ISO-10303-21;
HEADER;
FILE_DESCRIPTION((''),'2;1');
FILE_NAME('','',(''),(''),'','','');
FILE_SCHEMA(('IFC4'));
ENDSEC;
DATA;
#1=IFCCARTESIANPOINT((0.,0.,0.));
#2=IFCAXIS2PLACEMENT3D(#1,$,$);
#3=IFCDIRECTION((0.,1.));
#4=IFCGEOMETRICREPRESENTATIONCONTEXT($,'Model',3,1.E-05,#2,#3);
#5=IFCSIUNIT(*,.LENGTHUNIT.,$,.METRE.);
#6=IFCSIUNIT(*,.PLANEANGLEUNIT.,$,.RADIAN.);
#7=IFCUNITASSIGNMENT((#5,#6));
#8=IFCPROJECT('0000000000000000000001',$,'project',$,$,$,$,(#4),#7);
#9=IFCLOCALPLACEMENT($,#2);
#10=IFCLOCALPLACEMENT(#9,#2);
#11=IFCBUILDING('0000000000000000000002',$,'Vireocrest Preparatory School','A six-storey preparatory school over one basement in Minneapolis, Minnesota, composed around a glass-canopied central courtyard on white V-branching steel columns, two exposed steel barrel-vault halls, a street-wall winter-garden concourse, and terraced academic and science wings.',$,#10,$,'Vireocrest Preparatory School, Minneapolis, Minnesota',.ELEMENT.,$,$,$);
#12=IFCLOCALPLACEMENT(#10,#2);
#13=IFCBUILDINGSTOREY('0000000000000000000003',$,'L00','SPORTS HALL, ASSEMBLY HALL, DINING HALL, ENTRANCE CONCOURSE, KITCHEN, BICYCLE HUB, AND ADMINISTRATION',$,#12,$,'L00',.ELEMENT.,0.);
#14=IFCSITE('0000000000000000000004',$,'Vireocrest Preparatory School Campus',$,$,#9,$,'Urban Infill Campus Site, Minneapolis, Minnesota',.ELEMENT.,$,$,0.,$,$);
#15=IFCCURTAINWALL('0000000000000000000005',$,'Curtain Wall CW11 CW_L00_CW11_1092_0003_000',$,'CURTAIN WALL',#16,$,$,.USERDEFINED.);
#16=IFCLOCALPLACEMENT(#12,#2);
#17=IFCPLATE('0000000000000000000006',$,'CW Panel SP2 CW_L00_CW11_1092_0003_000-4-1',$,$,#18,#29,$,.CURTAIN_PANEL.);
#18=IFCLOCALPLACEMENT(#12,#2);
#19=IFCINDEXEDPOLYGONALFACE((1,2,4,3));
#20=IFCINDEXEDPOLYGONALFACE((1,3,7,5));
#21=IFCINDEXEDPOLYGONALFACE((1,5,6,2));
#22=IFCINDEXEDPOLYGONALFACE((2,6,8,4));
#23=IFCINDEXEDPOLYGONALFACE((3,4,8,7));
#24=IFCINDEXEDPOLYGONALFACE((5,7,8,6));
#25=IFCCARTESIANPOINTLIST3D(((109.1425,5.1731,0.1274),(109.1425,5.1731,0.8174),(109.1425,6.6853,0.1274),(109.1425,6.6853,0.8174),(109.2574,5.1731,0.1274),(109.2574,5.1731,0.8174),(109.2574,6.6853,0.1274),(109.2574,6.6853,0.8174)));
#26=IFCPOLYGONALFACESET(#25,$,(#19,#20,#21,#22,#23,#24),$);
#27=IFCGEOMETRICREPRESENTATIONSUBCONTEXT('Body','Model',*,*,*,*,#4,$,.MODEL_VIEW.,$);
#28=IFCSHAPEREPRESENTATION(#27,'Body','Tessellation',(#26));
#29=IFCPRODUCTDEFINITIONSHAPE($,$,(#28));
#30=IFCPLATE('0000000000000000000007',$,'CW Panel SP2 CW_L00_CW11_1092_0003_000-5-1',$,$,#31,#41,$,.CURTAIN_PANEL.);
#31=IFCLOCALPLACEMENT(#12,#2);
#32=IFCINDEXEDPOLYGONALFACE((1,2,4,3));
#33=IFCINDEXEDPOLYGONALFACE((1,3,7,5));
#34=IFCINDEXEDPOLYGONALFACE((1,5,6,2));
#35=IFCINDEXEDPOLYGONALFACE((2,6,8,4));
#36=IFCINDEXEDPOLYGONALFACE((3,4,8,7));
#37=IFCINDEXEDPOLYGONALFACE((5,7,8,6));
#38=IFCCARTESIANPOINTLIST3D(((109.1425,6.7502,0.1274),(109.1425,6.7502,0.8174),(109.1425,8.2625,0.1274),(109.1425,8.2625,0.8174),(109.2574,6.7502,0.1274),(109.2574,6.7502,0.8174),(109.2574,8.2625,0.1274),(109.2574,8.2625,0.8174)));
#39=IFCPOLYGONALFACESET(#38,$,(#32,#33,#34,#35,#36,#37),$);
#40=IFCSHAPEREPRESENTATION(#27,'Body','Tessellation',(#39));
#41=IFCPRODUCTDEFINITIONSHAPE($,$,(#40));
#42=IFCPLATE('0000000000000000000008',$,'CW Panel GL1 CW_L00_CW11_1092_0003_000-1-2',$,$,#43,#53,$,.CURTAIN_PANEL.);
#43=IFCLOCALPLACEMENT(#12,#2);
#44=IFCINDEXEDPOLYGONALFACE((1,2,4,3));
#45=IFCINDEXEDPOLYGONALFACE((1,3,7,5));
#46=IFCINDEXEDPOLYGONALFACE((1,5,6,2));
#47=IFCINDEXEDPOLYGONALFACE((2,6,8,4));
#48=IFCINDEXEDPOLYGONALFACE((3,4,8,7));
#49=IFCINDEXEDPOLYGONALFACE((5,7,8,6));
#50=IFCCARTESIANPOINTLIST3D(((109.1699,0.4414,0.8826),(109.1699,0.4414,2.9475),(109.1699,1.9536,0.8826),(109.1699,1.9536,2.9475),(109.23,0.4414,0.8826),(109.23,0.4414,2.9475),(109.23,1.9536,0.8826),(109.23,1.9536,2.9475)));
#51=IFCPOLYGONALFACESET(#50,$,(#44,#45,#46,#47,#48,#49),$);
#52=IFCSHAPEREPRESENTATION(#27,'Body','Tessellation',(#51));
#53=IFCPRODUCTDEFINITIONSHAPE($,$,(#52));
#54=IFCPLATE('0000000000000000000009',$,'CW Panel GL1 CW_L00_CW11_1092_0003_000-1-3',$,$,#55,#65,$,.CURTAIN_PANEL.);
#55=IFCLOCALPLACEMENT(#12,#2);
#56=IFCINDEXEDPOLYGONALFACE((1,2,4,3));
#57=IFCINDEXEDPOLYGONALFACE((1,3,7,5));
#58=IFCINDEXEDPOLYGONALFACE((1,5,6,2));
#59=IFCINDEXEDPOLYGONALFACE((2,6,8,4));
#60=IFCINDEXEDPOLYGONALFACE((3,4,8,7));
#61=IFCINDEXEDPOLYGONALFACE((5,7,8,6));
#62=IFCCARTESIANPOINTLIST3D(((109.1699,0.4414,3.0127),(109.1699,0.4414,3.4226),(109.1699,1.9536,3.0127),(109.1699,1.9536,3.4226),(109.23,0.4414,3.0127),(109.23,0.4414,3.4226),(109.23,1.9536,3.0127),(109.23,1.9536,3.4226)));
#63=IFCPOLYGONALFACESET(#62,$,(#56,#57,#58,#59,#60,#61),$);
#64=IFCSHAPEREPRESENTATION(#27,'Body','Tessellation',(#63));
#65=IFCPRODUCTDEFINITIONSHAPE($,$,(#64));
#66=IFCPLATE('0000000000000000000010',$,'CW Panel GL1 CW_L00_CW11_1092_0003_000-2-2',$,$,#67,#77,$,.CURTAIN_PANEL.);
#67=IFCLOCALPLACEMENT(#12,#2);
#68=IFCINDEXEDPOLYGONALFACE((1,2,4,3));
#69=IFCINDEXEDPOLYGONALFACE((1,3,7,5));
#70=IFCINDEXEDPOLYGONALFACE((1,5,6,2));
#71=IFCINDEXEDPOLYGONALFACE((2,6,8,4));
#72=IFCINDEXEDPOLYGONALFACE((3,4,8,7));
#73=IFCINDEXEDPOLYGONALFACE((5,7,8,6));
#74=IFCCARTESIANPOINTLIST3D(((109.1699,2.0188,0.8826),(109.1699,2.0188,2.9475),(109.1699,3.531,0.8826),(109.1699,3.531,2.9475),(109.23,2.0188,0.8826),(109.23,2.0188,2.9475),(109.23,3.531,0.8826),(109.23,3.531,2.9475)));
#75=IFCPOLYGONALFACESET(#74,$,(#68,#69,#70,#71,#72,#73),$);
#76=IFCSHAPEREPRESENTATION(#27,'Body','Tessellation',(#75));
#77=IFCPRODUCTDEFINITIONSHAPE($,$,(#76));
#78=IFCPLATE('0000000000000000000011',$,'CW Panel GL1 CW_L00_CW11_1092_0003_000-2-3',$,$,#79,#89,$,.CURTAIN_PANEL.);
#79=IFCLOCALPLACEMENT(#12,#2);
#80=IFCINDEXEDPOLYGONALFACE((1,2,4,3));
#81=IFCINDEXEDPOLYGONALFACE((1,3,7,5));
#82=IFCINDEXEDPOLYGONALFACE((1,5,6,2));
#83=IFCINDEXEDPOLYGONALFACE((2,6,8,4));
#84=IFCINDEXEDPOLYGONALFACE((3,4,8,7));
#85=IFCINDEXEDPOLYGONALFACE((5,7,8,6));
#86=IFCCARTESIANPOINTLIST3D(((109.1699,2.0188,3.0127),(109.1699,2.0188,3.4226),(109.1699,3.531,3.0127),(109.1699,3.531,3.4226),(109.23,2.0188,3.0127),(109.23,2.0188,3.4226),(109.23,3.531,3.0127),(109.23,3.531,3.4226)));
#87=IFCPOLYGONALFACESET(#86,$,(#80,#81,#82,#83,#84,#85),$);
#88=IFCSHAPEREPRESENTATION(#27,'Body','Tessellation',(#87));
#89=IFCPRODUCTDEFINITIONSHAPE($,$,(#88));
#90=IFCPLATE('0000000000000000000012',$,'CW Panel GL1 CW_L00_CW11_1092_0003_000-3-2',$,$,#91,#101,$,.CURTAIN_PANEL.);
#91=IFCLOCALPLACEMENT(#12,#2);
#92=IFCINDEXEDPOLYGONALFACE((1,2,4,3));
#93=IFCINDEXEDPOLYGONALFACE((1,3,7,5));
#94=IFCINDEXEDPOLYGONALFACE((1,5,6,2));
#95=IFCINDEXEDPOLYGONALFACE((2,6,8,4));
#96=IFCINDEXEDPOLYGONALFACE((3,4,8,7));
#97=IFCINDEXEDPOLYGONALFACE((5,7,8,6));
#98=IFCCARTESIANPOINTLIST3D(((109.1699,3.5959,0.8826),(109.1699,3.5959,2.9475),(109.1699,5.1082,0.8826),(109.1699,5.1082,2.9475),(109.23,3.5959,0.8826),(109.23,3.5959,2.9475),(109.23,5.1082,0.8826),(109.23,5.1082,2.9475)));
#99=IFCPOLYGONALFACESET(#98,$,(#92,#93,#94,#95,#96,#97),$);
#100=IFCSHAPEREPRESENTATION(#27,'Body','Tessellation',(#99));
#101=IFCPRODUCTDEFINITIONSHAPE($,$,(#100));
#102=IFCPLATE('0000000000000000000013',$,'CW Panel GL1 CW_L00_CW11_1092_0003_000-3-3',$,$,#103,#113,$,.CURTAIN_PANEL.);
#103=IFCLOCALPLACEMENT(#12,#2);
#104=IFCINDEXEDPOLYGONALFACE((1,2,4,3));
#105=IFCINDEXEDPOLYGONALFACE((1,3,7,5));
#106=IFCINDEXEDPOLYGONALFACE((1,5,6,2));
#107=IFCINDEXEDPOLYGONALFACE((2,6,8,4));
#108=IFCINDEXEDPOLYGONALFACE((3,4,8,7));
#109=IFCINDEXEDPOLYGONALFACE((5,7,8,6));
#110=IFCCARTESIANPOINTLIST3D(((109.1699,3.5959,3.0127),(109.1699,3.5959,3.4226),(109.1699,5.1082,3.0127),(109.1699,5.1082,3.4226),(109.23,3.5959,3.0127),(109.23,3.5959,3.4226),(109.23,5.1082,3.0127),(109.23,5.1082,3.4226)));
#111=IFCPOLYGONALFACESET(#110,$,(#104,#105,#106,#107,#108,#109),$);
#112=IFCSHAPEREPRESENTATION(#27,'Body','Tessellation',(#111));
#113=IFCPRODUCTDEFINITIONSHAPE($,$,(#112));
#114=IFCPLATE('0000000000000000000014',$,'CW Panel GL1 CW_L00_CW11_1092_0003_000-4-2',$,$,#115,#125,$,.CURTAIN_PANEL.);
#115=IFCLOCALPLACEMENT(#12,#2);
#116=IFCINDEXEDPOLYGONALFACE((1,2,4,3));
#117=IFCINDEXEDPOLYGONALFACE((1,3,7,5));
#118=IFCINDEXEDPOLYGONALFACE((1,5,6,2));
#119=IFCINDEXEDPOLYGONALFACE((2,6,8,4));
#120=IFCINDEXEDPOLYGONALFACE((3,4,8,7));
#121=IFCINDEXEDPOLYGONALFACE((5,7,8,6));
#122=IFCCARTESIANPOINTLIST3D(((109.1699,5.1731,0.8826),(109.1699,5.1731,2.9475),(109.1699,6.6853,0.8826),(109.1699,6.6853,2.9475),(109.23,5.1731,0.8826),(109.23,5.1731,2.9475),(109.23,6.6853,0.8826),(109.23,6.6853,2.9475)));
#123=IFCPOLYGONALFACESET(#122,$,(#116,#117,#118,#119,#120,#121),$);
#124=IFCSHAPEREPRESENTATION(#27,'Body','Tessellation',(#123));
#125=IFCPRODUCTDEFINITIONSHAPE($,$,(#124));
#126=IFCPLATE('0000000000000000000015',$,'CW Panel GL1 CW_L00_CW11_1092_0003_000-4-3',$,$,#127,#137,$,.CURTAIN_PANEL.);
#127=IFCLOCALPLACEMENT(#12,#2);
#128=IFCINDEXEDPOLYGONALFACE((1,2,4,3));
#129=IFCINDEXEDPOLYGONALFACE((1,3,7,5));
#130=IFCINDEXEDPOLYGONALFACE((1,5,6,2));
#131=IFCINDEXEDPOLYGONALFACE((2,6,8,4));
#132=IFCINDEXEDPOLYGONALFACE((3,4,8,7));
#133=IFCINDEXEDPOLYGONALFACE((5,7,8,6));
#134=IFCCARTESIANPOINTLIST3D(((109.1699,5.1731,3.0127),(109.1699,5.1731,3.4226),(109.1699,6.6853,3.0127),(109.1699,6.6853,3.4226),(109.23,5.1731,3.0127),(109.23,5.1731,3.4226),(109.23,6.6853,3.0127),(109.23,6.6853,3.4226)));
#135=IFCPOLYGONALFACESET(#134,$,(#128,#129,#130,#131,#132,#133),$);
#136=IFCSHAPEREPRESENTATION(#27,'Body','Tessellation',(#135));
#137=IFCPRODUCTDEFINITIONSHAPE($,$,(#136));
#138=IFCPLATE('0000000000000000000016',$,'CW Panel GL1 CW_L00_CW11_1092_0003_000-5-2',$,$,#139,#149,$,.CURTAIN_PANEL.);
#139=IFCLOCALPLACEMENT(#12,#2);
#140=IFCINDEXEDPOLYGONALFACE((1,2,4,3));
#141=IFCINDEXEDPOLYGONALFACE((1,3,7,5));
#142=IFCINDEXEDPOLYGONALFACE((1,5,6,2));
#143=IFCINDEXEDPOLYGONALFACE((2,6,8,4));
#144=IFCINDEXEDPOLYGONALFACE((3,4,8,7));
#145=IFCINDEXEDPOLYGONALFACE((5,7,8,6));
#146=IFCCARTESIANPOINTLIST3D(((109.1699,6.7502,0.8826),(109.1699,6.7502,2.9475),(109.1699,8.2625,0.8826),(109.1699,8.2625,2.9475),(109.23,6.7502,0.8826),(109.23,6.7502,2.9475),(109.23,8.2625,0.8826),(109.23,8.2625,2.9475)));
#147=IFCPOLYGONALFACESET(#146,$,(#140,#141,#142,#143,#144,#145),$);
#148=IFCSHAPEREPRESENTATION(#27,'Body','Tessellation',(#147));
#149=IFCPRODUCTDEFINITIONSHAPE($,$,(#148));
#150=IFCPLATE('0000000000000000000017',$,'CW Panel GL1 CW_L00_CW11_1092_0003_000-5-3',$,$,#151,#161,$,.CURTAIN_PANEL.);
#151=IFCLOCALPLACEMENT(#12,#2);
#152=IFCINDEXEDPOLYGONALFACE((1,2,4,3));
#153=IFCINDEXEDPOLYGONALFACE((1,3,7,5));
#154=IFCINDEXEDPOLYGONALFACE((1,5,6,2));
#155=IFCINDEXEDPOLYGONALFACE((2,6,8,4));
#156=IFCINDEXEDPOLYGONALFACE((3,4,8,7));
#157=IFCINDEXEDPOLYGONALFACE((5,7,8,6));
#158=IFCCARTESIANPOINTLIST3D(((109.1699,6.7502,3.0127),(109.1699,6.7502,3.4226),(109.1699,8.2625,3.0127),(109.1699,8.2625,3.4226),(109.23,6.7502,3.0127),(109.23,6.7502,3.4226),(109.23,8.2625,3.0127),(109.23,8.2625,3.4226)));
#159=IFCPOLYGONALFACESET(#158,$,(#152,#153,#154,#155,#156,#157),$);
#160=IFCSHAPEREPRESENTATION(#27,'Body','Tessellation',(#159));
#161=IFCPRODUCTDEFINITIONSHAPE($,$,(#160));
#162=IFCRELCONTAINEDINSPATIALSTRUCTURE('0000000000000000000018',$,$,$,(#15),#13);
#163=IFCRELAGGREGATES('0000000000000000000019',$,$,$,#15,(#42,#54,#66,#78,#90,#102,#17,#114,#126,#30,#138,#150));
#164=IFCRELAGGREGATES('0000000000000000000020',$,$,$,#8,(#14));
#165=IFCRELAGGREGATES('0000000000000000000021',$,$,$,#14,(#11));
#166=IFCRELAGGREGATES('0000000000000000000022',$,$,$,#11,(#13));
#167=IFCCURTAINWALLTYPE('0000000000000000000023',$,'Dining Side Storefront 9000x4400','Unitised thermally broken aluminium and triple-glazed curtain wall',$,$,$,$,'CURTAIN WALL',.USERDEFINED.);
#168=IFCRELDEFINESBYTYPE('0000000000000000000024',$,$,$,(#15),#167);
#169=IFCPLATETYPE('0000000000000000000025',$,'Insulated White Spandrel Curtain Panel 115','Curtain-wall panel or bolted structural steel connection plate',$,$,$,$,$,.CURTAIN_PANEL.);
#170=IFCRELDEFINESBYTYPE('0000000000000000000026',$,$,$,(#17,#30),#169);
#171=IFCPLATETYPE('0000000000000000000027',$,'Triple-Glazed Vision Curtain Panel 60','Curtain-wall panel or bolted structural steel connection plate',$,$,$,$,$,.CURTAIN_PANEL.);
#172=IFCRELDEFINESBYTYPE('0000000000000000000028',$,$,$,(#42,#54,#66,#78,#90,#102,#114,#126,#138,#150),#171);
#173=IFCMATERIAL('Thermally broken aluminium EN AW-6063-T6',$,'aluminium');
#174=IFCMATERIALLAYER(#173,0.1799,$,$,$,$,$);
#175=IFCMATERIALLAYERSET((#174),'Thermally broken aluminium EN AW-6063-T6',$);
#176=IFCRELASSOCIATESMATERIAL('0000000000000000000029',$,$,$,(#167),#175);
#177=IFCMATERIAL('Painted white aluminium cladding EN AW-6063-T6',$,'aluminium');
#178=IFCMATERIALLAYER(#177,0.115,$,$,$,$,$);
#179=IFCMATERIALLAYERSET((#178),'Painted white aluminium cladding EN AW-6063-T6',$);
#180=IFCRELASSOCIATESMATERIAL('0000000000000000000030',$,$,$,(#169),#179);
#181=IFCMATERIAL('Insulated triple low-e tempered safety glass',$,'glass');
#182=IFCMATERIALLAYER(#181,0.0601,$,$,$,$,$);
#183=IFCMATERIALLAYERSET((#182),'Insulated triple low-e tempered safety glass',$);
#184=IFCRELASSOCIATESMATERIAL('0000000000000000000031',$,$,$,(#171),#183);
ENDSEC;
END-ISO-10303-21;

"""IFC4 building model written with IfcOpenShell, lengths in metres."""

from ifc_helpers import new_model, si_unit, direction, frame, origin, origin_2d, place, context, subcontext, project, spatial, rectangle, extrude, material, layer, layer_set, type_object, element, aggregate, save


model = new_model("IFC4")

# Units and contexts
model_context = context("Model", 3, precision=1e-05, world=origin(), true_north=direction((0.0, 1.0)))
body_context = subcontext(model_context, "Body", "Model", "MODEL_VIEW")
ifc_project = project(units=[si_unit("LENGTHUNIT", "METRE"), si_unit("PLANEANGLEUNIT", "RADIAN")], contexts=[model_context])

# Site, building, storey
site_placement = place(None, origin())
site = spatial("IfcSite", under=ifc_project, at=site_placement, Name="Vireocrest Preparatory School Campus", LongName="Urban Infill Campus Site, Minneapolis, Minnesota", CompositionType="ELEMENT", RefElevation=0.0)
building_placement = place(site_placement, origin())
building = spatial("IfcBuilding", under=site, at=building_placement, Name="Vireocrest Preparatory School", Description="A six-storey preparatory school over one basement in Minneapolis, Minnesota, composed around a glass-canopied central courtyard on white V-branching steel columns, two exposed steel barrel-vault halls, a street-wall winter-garden concourse, and terraced academic and science wings.", LongName="Vireocrest Preparatory School, Minneapolis, Minnesota", CompositionType="ELEMENT")
storey_placement = place(building_placement, origin())
storey = spatial("IfcBuildingStorey", under=building, at=storey_placement, Name="L00", Description="SPORTS HALL, ASSEMBLY HALL, DINING HALL, ENTRANCE CONCOURSE, KITCHEN, BICYCLE HUB, AND ADMINISTRATION", LongName="L00", CompositionType="ELEMENT", Elevation=0.0)

# Curtain wall
ifc_material_1 = material(Name="Thermally broken aluminium EN AW-6063-T6", Category="aluminium")
ifc_layer_1 = layer(ifc_material_1, 0.1799)
ifc_layer_set_1 = layer_set([ifc_layer_1], Name="Thermally broken aluminium EN AW-6063-T6")
curtain_wall_type = type_object("IfcCurtainWallType", Name="Dining Side Storefront 9000x4400", Description="Unitised thermally broken aluminium and triple-glazed curtain wall", ElementType="CURTAIN WALL", PredefinedType="USERDEFINED", material=ifc_layer_set_1)
curtain_wall_placement = place(storey_placement, origin())
curtain_wall = element("IfcCurtainWall", 1, at=curtain_wall_placement, inside=storey, type_object=curtain_wall_type, Name="Curtain Wall CW11 CW_L00_CW11_1092_0003_000", ObjectType="CURTAIN WALL", PredefinedType="USERDEFINED")

# Plates
ifc_material_2 = material(Name="Painted white aluminium cladding EN AW-6063-T6", Category="aluminium")
ifc_layer_2 = layer(ifc_material_2, 0.115)
ifc_layer_set_2 = layer_set([ifc_layer_2], Name="Painted white aluminium cladding EN AW-6063-T6")
plate_type_1 = type_object("IfcPlateType", Name="Insulated White Spandrel Curtain Panel 115", Description="Curtain-wall panel or bolted structural steel connection plate", PredefinedType="CURTAIN_PANEL", material=ifc_layer_set_2)
plate_1_placement = place(storey_placement, frame((109.2, 5.9292, 0.1274), z_axis=(0.0, 0.0, 1.0), x_axis=(0.0, 1.0, 0.0)))
plate_1 = element("IfcPlate", 2, at=plate_1_placement, type_object=plate_type_1, Name="CW Panel SP2 CW_L00_CW11_1092_0003_000-4-1", PredefinedType="CURTAIN_PANEL", context=body_context, shape_type="SweptSolid", body=[
    extrude(rectangle(XDim=1.5122, YDim=0.115, at=origin_2d()), origin(), (0.0, 0.0, 1.0), 0.6899),
])
plate_2_placement = place(storey_placement, frame((109.2, 7.5063, 0.1274), z_axis=(0.0, 0.0, 1.0), x_axis=(0.0, 1.0, 0.0)))
plate_2 = element("IfcPlate", 3, at=plate_2_placement, type_object=plate_type_1, Name="CW Panel SP2 CW_L00_CW11_1092_0003_000-5-1", PredefinedType="CURTAIN_PANEL", context=body_context, shape_type="SweptSolid", body=[
    extrude(rectangle(XDim=1.5122, YDim=0.115, at=origin_2d()), origin(), (0.0, 0.0, 1.0), 0.6899),
])
ifc_material_3 = material(Name="Insulated triple low-e tempered safety glass", Category="glass")
ifc_layer_3 = layer(ifc_material_3, 0.0601)
ifc_layer_set_3 = layer_set([ifc_layer_3], Name="Insulated triple low-e tempered safety glass")
plate_type_2 = type_object("IfcPlateType", Name="Triple-Glazed Vision Curtain Panel 60", Description="Curtain-wall panel or bolted structural steel connection plate", PredefinedType="CURTAIN_PANEL", material=ifc_layer_set_3)
plate_3_placement = place(storey_placement, frame((109.2, 1.1975, 0.8826), z_axis=(0.0, 0.0, 1.0), x_axis=(0.0, 1.0, 0.0)))
plate_3 = element("IfcPlate", 4, at=plate_3_placement, type_object=plate_type_2, Name="CW Panel GL1 CW_L00_CW11_1092_0003_000-1-2", PredefinedType="CURTAIN_PANEL", context=body_context, shape_type="SweptSolid", body=[
    extrude(rectangle(XDim=1.5122, YDim=0.0601, at=origin_2d()), origin(), (0.0, 0.0, 1.0), 2.0649),
])
plate_4_placement = place(storey_placement, frame((109.2, 1.1975, 3.0127), z_axis=(0.0, 0.0, 1.0), x_axis=(0.0, 1.0, 0.0)))
plate_4 = element("IfcPlate", 5, at=plate_4_placement, type_object=plate_type_2, Name="CW Panel GL1 CW_L00_CW11_1092_0003_000-1-3", PredefinedType="CURTAIN_PANEL", context=body_context, shape_type="SweptSolid", body=[
    extrude(rectangle(XDim=1.5122, YDim=0.0601, at=origin_2d()), origin(), (0.0, 0.0, 1.0), 0.4099),
])
plate_5_placement = place(storey_placement, frame((109.2, 2.7749, 0.8826), z_axis=(0.0, 0.0, 1.0), x_axis=(0.0, 1.0, 0.0)))
plate_5 = element("IfcPlate", 6, at=plate_5_placement, type_object=plate_type_2, Name="CW Panel GL1 CW_L00_CW11_1092_0003_000-2-2", PredefinedType="CURTAIN_PANEL", context=body_context, shape_type="SweptSolid", body=[
    extrude(rectangle(XDim=1.5122, YDim=0.0601, at=origin_2d()), origin(), (0.0, 0.0, 1.0), 2.0649),
])
plate_6_placement = place(storey_placement, frame((109.2, 2.7749, 3.0127), z_axis=(0.0, 0.0, 1.0), x_axis=(0.0, 1.0, 0.0)))
plate_6 = element("IfcPlate", 7, at=plate_6_placement, type_object=plate_type_2, Name="CW Panel GL1 CW_L00_CW11_1092_0003_000-2-3", PredefinedType="CURTAIN_PANEL", context=body_context, shape_type="SweptSolid", body=[
    extrude(rectangle(XDim=1.5122, YDim=0.0601, at=origin_2d()), origin(), (0.0, 0.0, 1.0), 0.4099),
])
plate_7_placement = place(storey_placement, frame((109.2, 4.3521, 0.8826), z_axis=(0.0, 0.0, 1.0), x_axis=(0.0, 1.0, 0.0)))
plate_7 = element("IfcPlate", 8, at=plate_7_placement, type_object=plate_type_2, Name="CW Panel GL1 CW_L00_CW11_1092_0003_000-3-2", PredefinedType="CURTAIN_PANEL", context=body_context, shape_type="SweptSolid", body=[
    extrude(rectangle(XDim=1.5122, YDim=0.0601, at=origin_2d()), origin(), (0.0, 0.0, 1.0), 2.0649),
])
plate_8_placement = place(storey_placement, frame((109.2, 4.3521, 3.0127), z_axis=(0.0, 0.0, 1.0), x_axis=(0.0, 1.0, 0.0)))
plate_8 = element("IfcPlate", 9, at=plate_8_placement, type_object=plate_type_2, Name="CW Panel GL1 CW_L00_CW11_1092_0003_000-3-3", PredefinedType="CURTAIN_PANEL", context=body_context, shape_type="SweptSolid", body=[
    extrude(rectangle(XDim=1.5122, YDim=0.0601, at=origin_2d()), origin(), (0.0, 0.0, 1.0), 0.4099),
])
plate_9_placement = place(storey_placement, frame((109.2, 5.9292, 0.8826), z_axis=(0.0, 0.0, 1.0), x_axis=(0.0, 1.0, 0.0)))
plate_9 = element("IfcPlate", 10, at=plate_9_placement, type_object=plate_type_2, Name="CW Panel GL1 CW_L00_CW11_1092_0003_000-4-2", PredefinedType="CURTAIN_PANEL", context=body_context, shape_type="SweptSolid", body=[
    extrude(rectangle(XDim=1.5122, YDim=0.0601, at=origin_2d()), origin(), (0.0, 0.0, 1.0), 2.0649),
])
plate_10_placement = place(storey_placement, frame((109.2, 5.9292, 3.0127), z_axis=(0.0, 0.0, 1.0), x_axis=(0.0, 1.0, 0.0)))
plate_10 = element("IfcPlate", 11, at=plate_10_placement, type_object=plate_type_2, Name="CW Panel GL1 CW_L00_CW11_1092_0003_000-4-3", PredefinedType="CURTAIN_PANEL", context=body_context, shape_type="SweptSolid", body=[
    extrude(rectangle(XDim=1.5122, YDim=0.0601, at=origin_2d()), origin(), (0.0, 0.0, 1.0), 0.4099),
])
plate_11_placement = place(storey_placement, frame((109.2, 7.5063, 0.8826), z_axis=(0.0, 0.0, 1.0), x_axis=(0.0, 1.0, 0.0)))
plate_11 = element("IfcPlate", 12, at=plate_11_placement, type_object=plate_type_2, Name="CW Panel GL1 CW_L00_CW11_1092_0003_000-5-2", PredefinedType="CURTAIN_PANEL", context=body_context, shape_type="SweptSolid", body=[
    extrude(rectangle(XDim=1.5122, YDim=0.0601, at=origin_2d()), origin(), (0.0, 0.0, 1.0), 2.0649),
])
plate_12_placement = place(storey_placement, frame((109.2, 7.5063, 3.0127), z_axis=(0.0, 0.0, 1.0), x_axis=(0.0, 1.0, 0.0)))
plate_12 = element("IfcPlate", 13, at=plate_12_placement, type_object=plate_type_2, Name="CW Panel GL1 CW_L00_CW11_1092_0003_000-5-3", PredefinedType="CURTAIN_PANEL", context=body_context, shape_type="SweptSolid", body=[
    extrude(rectangle(XDim=1.5122, YDim=0.0601, at=origin_2d()), origin(), (0.0, 0.0, 1.0), 0.4099),
])
aggregate(curtain_wall, [plate_3, plate_4, plate_5, plate_6, plate_7, plate_8, plate_1, plate_9, plate_10, plate_2, plate_11, plate_12])

save(model, "model.ifc")
